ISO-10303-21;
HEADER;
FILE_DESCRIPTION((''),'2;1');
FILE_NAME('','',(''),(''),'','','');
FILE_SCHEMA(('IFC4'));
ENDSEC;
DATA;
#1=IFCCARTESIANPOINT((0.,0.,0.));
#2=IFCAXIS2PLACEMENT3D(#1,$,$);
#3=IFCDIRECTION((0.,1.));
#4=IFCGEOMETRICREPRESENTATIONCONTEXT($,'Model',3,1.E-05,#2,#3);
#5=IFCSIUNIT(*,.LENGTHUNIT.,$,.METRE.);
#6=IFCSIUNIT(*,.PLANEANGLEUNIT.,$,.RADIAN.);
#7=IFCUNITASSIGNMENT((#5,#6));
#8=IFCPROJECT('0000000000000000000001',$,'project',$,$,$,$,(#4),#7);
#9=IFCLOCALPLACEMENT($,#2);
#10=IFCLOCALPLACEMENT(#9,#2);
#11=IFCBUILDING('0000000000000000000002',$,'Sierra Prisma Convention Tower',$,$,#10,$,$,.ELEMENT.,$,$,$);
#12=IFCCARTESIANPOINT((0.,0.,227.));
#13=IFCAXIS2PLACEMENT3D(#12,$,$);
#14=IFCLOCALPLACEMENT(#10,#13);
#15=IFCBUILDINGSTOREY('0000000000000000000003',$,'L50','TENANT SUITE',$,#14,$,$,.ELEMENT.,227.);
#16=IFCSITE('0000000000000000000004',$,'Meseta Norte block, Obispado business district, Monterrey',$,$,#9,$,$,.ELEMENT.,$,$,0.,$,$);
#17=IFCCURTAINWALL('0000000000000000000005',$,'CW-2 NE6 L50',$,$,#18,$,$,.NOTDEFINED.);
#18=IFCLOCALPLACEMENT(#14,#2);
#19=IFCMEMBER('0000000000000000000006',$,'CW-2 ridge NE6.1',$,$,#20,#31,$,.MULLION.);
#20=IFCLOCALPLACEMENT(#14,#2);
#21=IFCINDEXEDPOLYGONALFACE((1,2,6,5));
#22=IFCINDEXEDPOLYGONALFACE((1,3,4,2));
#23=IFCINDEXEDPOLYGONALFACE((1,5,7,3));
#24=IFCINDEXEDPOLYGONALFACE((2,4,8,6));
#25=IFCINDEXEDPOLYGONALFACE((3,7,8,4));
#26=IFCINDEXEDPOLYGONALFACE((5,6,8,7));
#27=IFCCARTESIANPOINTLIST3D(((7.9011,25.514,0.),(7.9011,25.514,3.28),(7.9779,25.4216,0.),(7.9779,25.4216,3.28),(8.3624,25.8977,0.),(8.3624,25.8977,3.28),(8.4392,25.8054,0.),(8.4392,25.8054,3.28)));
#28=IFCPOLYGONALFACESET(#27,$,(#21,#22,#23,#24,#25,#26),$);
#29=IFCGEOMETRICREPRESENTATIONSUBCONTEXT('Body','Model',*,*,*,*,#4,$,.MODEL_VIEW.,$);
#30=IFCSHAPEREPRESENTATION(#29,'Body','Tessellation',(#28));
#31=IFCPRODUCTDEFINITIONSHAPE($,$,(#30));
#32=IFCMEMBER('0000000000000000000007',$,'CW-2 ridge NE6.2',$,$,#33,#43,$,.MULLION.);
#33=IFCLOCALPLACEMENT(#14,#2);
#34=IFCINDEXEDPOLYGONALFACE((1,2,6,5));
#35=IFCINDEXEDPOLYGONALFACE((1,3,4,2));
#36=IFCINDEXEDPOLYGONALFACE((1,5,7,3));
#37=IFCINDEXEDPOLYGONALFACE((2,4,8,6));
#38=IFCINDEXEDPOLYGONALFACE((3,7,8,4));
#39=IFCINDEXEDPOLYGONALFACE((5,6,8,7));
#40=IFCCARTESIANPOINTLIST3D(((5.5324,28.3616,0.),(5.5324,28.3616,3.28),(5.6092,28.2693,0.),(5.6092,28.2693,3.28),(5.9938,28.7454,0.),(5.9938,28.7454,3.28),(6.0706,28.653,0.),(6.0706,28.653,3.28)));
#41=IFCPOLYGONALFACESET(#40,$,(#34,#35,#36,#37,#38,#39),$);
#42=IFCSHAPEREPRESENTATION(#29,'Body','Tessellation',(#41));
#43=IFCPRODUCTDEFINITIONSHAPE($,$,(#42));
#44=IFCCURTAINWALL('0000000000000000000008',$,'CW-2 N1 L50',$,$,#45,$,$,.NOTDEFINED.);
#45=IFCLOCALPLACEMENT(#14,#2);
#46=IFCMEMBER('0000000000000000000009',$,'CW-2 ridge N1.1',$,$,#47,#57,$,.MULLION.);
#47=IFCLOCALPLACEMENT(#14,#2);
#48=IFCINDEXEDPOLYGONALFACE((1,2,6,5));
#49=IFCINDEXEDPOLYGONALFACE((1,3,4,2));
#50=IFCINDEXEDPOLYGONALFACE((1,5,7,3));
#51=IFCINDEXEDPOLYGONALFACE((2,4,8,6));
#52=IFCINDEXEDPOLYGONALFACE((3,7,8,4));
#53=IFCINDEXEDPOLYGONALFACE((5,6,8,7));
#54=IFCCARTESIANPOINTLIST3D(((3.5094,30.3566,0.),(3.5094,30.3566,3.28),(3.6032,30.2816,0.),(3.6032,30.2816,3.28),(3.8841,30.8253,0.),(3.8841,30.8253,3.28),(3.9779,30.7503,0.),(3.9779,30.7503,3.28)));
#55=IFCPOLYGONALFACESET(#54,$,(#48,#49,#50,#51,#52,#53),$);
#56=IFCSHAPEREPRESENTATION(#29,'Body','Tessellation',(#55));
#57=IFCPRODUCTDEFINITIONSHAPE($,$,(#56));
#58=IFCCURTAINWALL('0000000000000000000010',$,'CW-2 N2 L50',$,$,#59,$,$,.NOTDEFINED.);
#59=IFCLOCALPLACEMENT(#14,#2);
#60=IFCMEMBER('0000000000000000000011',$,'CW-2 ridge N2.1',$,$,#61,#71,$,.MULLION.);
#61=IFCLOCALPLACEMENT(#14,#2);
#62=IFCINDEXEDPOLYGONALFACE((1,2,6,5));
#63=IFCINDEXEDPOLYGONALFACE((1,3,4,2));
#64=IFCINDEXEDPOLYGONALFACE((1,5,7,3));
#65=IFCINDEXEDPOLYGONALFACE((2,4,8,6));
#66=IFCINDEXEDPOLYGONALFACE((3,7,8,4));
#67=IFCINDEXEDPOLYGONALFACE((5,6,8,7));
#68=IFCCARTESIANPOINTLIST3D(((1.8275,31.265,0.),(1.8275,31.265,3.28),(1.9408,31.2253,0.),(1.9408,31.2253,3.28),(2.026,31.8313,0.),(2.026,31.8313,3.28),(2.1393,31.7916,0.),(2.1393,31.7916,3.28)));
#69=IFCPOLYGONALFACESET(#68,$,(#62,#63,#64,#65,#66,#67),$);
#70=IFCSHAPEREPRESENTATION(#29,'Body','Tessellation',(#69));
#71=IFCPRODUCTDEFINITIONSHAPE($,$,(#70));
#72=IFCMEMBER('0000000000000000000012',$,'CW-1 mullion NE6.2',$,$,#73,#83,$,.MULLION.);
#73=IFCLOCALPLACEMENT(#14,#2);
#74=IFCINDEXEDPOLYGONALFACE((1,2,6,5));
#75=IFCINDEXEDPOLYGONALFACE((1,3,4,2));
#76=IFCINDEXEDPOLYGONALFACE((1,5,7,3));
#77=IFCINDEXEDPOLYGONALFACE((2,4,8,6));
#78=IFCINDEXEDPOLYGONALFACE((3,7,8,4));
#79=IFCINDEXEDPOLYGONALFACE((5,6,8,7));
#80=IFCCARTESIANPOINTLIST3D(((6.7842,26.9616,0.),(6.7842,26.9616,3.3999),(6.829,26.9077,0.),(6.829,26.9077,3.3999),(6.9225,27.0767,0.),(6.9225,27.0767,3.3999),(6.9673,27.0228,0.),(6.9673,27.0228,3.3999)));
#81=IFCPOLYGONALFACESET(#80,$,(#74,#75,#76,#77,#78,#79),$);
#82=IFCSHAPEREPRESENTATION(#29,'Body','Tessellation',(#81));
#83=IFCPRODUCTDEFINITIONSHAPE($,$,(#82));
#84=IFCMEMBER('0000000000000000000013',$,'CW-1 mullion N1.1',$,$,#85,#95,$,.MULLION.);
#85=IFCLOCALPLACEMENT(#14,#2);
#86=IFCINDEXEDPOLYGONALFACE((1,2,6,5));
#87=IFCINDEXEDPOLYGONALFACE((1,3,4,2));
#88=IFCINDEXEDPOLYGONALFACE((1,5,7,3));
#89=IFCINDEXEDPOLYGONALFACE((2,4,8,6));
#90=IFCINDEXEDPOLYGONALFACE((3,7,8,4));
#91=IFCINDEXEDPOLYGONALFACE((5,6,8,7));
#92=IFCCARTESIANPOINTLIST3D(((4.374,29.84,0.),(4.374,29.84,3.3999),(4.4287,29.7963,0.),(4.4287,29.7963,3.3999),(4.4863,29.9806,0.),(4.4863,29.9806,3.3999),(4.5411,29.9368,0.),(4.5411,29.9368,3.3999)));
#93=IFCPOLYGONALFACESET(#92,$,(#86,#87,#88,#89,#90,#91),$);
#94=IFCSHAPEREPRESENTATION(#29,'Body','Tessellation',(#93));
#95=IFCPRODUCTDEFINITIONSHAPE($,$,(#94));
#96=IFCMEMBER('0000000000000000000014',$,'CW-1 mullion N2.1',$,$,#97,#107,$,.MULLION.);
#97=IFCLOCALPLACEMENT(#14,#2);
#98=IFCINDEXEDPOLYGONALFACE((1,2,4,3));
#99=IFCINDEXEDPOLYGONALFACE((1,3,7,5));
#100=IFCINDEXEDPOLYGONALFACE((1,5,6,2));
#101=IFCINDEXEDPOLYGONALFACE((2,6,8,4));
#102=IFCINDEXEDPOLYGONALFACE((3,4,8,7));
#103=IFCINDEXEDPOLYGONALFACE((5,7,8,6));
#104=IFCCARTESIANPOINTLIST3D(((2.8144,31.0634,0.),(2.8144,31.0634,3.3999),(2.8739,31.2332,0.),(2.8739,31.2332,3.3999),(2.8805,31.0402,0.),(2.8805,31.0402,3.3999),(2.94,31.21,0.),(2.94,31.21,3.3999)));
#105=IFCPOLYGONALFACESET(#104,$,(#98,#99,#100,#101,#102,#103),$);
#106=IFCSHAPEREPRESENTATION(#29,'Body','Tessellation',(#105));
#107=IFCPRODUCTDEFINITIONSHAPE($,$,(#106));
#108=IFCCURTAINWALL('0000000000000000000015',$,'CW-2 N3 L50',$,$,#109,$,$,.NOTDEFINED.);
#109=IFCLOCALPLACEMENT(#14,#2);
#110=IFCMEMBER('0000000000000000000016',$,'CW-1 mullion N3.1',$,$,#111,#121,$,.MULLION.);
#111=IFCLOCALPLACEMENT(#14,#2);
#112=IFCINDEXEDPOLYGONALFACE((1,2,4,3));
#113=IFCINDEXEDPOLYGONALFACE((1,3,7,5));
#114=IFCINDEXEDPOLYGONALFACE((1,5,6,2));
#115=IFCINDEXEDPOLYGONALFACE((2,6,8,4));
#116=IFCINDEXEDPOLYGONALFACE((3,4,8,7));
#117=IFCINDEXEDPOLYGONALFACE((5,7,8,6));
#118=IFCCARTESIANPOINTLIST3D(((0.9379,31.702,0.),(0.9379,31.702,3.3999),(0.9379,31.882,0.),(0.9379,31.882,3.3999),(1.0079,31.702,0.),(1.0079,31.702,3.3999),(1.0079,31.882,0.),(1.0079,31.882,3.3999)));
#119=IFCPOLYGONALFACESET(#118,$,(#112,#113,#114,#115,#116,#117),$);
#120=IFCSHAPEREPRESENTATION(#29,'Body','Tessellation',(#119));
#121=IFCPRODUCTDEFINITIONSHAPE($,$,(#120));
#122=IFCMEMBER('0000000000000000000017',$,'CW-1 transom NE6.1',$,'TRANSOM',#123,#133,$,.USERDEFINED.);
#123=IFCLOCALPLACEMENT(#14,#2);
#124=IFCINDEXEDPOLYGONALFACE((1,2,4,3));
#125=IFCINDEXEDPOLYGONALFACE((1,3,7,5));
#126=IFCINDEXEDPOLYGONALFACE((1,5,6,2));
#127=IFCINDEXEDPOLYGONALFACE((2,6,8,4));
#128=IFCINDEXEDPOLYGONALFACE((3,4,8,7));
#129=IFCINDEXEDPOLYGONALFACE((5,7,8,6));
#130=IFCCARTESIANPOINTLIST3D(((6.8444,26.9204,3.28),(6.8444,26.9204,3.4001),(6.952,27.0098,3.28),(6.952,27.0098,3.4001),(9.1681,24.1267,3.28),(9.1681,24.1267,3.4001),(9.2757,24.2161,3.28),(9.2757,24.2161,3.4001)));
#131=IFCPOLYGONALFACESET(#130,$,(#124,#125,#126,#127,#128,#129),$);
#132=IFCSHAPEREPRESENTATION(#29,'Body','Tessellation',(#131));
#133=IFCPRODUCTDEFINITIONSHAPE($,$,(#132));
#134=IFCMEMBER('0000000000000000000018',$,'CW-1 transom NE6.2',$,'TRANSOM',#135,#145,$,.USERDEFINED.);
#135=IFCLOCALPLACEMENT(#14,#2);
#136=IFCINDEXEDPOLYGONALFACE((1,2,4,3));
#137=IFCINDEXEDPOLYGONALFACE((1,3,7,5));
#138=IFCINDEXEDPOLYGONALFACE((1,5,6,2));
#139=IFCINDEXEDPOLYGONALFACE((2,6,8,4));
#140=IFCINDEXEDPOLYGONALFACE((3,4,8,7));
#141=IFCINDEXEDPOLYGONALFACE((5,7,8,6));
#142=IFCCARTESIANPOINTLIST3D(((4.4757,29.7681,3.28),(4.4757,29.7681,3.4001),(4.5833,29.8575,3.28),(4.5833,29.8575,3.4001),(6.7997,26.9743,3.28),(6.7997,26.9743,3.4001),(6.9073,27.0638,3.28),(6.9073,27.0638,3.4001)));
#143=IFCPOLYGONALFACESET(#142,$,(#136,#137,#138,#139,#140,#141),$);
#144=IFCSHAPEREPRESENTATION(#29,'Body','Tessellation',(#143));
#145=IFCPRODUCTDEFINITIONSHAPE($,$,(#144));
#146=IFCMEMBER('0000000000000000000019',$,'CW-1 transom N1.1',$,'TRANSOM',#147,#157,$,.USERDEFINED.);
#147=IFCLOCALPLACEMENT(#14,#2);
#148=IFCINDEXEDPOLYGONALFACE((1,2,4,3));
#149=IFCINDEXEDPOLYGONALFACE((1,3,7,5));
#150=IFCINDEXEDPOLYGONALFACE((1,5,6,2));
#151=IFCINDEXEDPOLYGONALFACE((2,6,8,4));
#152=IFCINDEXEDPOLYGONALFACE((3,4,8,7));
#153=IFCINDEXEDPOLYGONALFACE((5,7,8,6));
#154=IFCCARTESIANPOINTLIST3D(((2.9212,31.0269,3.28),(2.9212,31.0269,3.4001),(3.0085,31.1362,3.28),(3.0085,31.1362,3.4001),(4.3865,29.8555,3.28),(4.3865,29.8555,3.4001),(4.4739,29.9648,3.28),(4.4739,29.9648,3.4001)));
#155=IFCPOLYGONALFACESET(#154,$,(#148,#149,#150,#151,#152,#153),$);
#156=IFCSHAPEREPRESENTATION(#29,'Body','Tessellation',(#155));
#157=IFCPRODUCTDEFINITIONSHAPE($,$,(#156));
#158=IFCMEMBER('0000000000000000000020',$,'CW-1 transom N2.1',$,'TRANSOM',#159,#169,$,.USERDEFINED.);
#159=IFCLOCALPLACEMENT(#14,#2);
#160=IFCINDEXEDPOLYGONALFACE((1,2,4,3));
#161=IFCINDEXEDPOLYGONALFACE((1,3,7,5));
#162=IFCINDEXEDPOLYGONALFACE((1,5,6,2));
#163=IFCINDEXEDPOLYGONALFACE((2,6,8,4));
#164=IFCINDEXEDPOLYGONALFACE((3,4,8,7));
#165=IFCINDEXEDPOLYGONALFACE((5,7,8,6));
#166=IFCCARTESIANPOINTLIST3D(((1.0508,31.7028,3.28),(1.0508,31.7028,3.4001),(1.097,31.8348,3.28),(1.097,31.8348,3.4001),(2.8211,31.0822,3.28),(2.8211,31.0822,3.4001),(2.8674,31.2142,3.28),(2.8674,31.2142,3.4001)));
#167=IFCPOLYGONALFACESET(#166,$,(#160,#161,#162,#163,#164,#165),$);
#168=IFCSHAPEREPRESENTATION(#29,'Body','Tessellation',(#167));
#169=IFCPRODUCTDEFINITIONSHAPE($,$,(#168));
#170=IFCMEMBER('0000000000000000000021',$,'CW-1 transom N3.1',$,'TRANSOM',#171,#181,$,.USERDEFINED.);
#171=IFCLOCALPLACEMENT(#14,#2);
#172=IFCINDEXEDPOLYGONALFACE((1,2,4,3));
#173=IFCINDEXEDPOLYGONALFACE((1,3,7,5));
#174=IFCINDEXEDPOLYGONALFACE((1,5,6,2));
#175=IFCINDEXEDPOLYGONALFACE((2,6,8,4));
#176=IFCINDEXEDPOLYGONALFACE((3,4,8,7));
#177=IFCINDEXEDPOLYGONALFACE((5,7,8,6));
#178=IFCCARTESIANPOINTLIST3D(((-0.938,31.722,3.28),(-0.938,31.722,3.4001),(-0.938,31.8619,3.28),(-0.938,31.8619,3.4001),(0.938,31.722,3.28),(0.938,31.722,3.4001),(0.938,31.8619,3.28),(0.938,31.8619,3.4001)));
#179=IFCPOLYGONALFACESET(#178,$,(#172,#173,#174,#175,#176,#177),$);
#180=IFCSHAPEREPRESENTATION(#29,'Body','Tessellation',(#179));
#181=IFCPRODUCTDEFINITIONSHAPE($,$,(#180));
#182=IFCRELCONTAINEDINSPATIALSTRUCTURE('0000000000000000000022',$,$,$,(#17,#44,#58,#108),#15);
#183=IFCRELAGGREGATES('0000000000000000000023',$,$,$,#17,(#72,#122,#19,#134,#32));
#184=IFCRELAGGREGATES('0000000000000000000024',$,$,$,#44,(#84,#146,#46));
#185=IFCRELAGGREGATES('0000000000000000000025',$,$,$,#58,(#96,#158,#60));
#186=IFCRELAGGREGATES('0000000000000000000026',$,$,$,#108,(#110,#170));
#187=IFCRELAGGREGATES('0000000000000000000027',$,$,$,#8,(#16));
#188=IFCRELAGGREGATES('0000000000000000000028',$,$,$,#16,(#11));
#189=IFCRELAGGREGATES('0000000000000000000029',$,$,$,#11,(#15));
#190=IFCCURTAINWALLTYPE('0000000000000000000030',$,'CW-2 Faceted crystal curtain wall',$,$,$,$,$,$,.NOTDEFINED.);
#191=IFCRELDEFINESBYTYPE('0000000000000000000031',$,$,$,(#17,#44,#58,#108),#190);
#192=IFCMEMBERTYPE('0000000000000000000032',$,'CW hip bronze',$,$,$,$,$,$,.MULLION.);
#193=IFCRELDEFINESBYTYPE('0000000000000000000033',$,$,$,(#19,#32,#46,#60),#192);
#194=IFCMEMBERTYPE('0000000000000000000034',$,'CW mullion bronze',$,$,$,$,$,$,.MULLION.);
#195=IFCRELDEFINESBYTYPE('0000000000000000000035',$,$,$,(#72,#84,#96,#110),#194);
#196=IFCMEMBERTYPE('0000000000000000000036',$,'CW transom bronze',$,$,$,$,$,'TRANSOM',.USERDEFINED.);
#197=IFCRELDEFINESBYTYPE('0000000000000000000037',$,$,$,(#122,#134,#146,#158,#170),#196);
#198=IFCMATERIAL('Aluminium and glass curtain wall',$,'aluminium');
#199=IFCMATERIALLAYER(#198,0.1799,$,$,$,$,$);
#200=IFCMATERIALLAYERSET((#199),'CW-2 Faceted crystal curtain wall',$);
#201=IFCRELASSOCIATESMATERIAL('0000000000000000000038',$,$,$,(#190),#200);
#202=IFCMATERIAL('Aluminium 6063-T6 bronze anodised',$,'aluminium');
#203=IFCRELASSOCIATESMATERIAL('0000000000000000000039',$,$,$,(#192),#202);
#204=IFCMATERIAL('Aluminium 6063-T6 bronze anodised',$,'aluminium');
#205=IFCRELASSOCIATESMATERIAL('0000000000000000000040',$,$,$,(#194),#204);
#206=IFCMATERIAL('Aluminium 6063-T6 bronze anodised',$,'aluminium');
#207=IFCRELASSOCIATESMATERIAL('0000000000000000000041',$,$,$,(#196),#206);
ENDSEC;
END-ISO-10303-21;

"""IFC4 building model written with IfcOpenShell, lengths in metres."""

from ifc_helpers import new_model, si_unit, direction, frame, origin, origin_2d, place, context, subcontext, project, spatial, rectangle, extrude, material, layer, layer_set, material_profile, profile_set, type_object, element, aggregate, save


model = new_model("IFC4")

# Units and contexts
model_context = context("Model", 3, precision=1e-05, world=origin(), true_north=direction((0.0, 1.0)))
body_context = subcontext(model_context, "Body", "Model", "MODEL_VIEW")
ifc_project = project(units=[si_unit("LENGTHUNIT", "METRE"), si_unit("PLANEANGLEUNIT", "RADIAN")], contexts=[model_context])

# Site, building, storey
site_placement = place(None, origin())
site = spatial("IfcSite", under=ifc_project, at=site_placement, Name="Meseta Norte block, Obispado business district, Monterrey", CompositionType="ELEMENT", RefElevation=0.0)
building_placement = place(site_placement, origin())
building = spatial("IfcBuilding", under=site, at=building_placement, Name="Sierra Prisma Convention Tower", CompositionType="ELEMENT")
storey_placement = place(building_placement, frame((0.0, 0.0, 227.0)))
storey = spatial("IfcBuildingStorey", under=building, at=storey_placement, Name="L50", Description="TENANT SUITE", CompositionType="ELEMENT", Elevation=227.0)

# Curtain wall, members
ifc_material_1 = material(Name="Aluminium and glass curtain wall", Category="aluminium")
ifc_layer_1 = layer(ifc_material_1, 0.1799)
ifc_layer_set_1 = layer_set([ifc_layer_1], Name="CW-2 Faceted crystal curtain wall")
curtain_wall_type = type_object("IfcCurtainWallType", Name="CW-2 Faceted crystal curtain wall", PredefinedType="NOTDEFINED", material=ifc_layer_set_1)
curtain_wall_1_placement = place(storey_placement, origin())
curtain_wall_1 = element("IfcCurtainWall", 1, at=curtain_wall_1_placement, inside=storey, type_object=curtain_wall_type, Name="CW-2 NE6 L50", PredefinedType="NOTDEFINED")
ifc_material_2 = material(Name="Aluminium 6063-T6 bronze anodised", Category="aluminium")
ifc_material_profile_1 = material_profile(ifc_material_2, rectangle(XDim=0.1201, YDim=0.6001, at=origin_2d()), Name="ALU RIDGE BLADE 120x600")
ifc_profile_set_1 = profile_set([ifc_material_profile_1], Name="Aluminium 6063-T6 bronze anodised")
member_type_1 = type_object("IfcMemberType", Name="CW hip bronze", PredefinedType="MULLION", material=ifc_profile_set_1)
member_1_placement = place(storey_placement, frame((8.1702, 25.6597, 0.0), z_axis=(0.0, 0.0, 1.0), x_axis=(-0.639492, 0.768798, 0.0)))
member_1 = element("IfcMember", 2, at=member_1_placement, type_object=member_type_1, Name="CW-2 ridge NE6.1", PredefinedType="MULLION", context=body_context, shape_type="SweptSolid", body=[
    extrude(rectangle(XDim=0.1201, YDim=0.6001, at=origin_2d()), origin(), (0.0, 0.0, 1.0), 3.28),
])
member_2_placement = place(storey_placement, frame((5.8015, 28.5073, 0.0), z_axis=(0.0, 0.0, 1.0), x_axis=(-0.639492, 0.768798, 0.0)))
member_2 = element("IfcMember", 3, at=member_2_placement, type_object=member_type_1, Name="CW-2 ridge NE6.2", PredefinedType="MULLION", context=body_context, shape_type="SweptSolid", body=[
    extrude(rectangle(XDim=0.1201, YDim=0.6001, at=origin_2d()), origin(), (0.0, 0.0, 1.0), 3.28),
])

# Curtain walls, members
curtain_wall_2_placement = place(storey_placement, origin())
curtain_wall_2 = element("IfcCurtainWall", 4, at=curtain_wall_2_placement, inside=storey, type_object=curtain_wall_type, Name="CW-2 N1 L50", PredefinedType="NOTDEFINED")
member_3_placement = place(storey_placement, frame((3.7437, 30.5535, 0.0), z_axis=(0.0, 0.0, 1.0), x_axis=(-0.781126, 0.624373, 0.0)))
member_3 = element("IfcMember", 5, at=member_3_placement, type_object=member_type_1, Name="CW-2 ridge N1.1", PredefinedType="MULLION", context=body_context, shape_type="SweptSolid", body=[
    extrude(rectangle(XDim=0.1201, YDim=0.6001, at=origin_2d()), origin(), (0.0, 0.0, 1.0), 3.28),
])
curtain_wall_3_placement = place(storey_placement, origin())
curtain_wall_3 = element("IfcCurtainWall", 6, at=curtain_wall_3_placement, inside=storey, type_object=curtain_wall_type, Name="CW-2 N2 L50", PredefinedType="NOTDEFINED")
member_4_placement = place(storey_placement, frame((1.9834, 31.5283, 0.0), z_axis=(0.0, 0.0, 1.0), x_axis=(-0.943696, 0.330813, 0.0)))
member_4 = element("IfcMember", 7, at=member_4_placement, type_object=member_type_1, Name="CW-2 ridge N2.1", PredefinedType="MULLION", context=body_context, shape_type="SweptSolid", body=[
    extrude(rectangle(XDim=0.1201, YDim=0.6001, at=origin_2d()), origin(), (0.0, 0.0, 1.0), 3.28),
])

# Members
ifc_material_3 = material(Name="Aluminium 6063-T6 bronze anodised", Category="aluminium")
ifc_material_profile_2 = material_profile(ifc_material_3, rectangle(XDim=0.1799, YDim=0.0701, at=origin_2d()), Name="ALU MULLION 70x180")
ifc_profile_set_2 = profile_set([ifc_material_profile_2], Name="Aluminium 6063-T6 bronze anodised")
member_type_2 = type_object("IfcMemberType", Name="CW mullion bronze", PredefinedType="MULLION", material=ifc_profile_set_2)
member_5_placement = place(storey_placement, frame((6.8757, 26.9922, 0.0), z_axis=(0.0, 0.0, 1.0), x_axis=(-0.768798, -0.639492, 0.0)))
member_5 = element("IfcMember", 8, at=member_5_placement, type_object=member_type_2, Name="CW-1 mullion NE6.2", PredefinedType="MULLION", context=body_context, shape_type="SweptSolid", body=[
    extrude(rectangle(XDim=0.1799, YDim=0.0701, at=origin_2d()), origin(), (0.0, 0.0, 1.0), 3.3999),
])
member_6_placement = place(storey_placement, frame((4.4575, 29.8884, 0.0), z_axis=(0.0, 0.0, 1.0), x_axis=(-0.624373, -0.781126, 0.0)))
member_6 = element("IfcMember", 9, at=member_6_placement, type_object=member_type_2, Name="CW-1 mullion N1.1", PredefinedType="MULLION", context=body_context, shape_type="SweptSolid", body=[
    extrude(rectangle(XDim=0.1799, YDim=0.0701, at=origin_2d()), origin(), (0.0, 0.0, 1.0), 3.3999),
])
member_7_placement = place(storey_placement, frame((2.8772, 31.1367, 0.0), z_axis=(0.0, 0.0, 1.0), x_axis=(-0.330813, -0.943696, 0.0)))
member_7 = element("IfcMember", 10, at=member_7_placement, type_object=member_type_2, Name="CW-1 mullion N2.1", PredefinedType="MULLION", context=body_context, shape_type="SweptSolid", body=[
    extrude(rectangle(XDim=0.1799, YDim=0.0701, at=origin_2d()), origin(), (0.0, 0.0, 1.0), 3.3999),
])

# Curtain wall, member
curtain_wall_4_placement = place(storey_placement, origin())
curtain_wall_4 = element("IfcCurtainWall", 11, at=curtain_wall_4_placement, inside=storey, type_object=curtain_wall_type, Name="CW-2 N3 L50", PredefinedType="NOTDEFINED")
member_8_placement = place(storey_placement, frame((0.9729, 31.792, 0.0), z_axis=(0.0, 0.0, 1.0), x_axis=(0.0, -1.0, 0.0)))
member_8 = element("IfcMember", 12, at=member_8_placement, type_object=member_type_2, Name="CW-1 mullion N3.1", PredefinedType="MULLION", context=body_context, shape_type="SweptSolid", body=[
    extrude(rectangle(XDim=0.1799, YDim=0.0701, at=origin_2d()), origin(), (0.0, 0.0, 1.0), 3.3999),
])

# Members
ifc_material_4 = material(Name="Aluminium 6063-T6 bronze anodised", Category="aluminium")
ifc_material_profile_3 = material_profile(ifc_material_4, rectangle(XDim=0.1399, YDim=0.1201, at=origin_2d()), Name="ALU TRANSOM 120x140")
ifc_profile_set_3 = profile_set([ifc_material_profile_3], Name="Aluminium 6063-T6 bronze anodised")
member_type_3 = type_object("IfcMemberType", Name="CW transom bronze", ElementType="TRANSOM", PredefinedType="USERDEFINED", material=ifc_profile_set_3)
member_9_placement = place(storey_placement, frame((9.2219, 24.1714, 3.3401), z_axis=(-0.639477, 0.76881, 0.0), x_axis=(-0.76881, -0.639477, 0.0)))
member_9 = element("IfcMember", 13, at=member_9_placement, type_object=member_type_3, Name="CW-1 transom NE6.1", ObjectType="TRANSOM", PredefinedType="USERDEFINED", context=body_context, shape_type="SweptSolid", body=[
    extrude(rectangle(XDim=0.1399, YDim=0.1201, at=origin_2d()), origin(), (0.0, 0.0, 1.0), 3.6338),
])
member_10_placement = place(storey_placement, frame((6.8535, 27.019, 3.3401), z_axis=(-0.639517, 0.768777, 0.0), x_axis=(-0.768777, -0.639517, 0.0)))
member_10 = element("IfcMember", 14, at=member_10_placement, type_object=member_type_3, Name="CW-1 transom NE6.2", ObjectType="TRANSOM", PredefinedType="USERDEFINED", context=body_context, shape_type="SweptSolid", body=[
    extrude(rectangle(XDim=0.1399, YDim=0.1201, at=origin_2d()), origin(), (0.0, 0.0, 1.0), 3.634),
])
member_11_placement = place(storey_placement, frame((4.4302, 29.9102, 3.3401), z_axis=(-0.781097, 0.624409, 0.0), x_axis=(-0.624409, -0.781097, 0.0)))
member_11 = element("IfcMember", 15, at=member_11_placement, type_object=member_type_3, Name="CW-1 transom N1.1", ObjectType="TRANSOM", PredefinedType="USERDEFINED", context=body_context, shape_type="SweptSolid", body=[
    extrude(rectangle(XDim=0.1399, YDim=0.1201, at=origin_2d()), origin(), (0.0, 0.0, 1.0), 1.876),
])
member_12_placement = place(storey_placement, frame((2.8442, 31.1482, 3.3401), z_axis=(-0.94369, 0.330832, 0.0), x_axis=(-0.330832, -0.94369, 0.0)))
member_12 = element("IfcMember", 16, at=member_12_placement, type_object=member_type_3, Name="CW-1 transom N2.1", ObjectType="TRANSOM", PredefinedType="USERDEFINED", context=body_context, shape_type="SweptSolid", body=[
    extrude(rectangle(XDim=0.1399, YDim=0.1201, at=origin_2d()), origin(), (0.0, 0.0, 1.0), 1.876),
])
member_13_placement = place(storey_placement, frame((0.938, 31.792, 3.3401), z_axis=(-1.0, 0.0, 0.0), x_axis=(0.0, -1.0, 0.0)))
member_13 = element("IfcMember", 17, at=member_13_placement, type_object=member_type_3, Name="CW-1 transom N3.1", ObjectType="TRANSOM", PredefinedType="USERDEFINED", context=body_context, shape_type="SweptSolid", body=[
    extrude(rectangle(XDim=0.1399, YDim=0.1201, at=origin_2d()), origin(), (0.0, 0.0, 1.0), 1.876),
])

aggregate(curtain_wall_1, [member_5, member_9, member_1, member_10, member_2])
aggregate(curtain_wall_2, [member_6, member_11, member_3])
aggregate(curtain_wall_3, [member_7, member_12, member_4])
aggregate(curtain_wall_4, [member_8, member_13])

save(model, "model.ifc")
